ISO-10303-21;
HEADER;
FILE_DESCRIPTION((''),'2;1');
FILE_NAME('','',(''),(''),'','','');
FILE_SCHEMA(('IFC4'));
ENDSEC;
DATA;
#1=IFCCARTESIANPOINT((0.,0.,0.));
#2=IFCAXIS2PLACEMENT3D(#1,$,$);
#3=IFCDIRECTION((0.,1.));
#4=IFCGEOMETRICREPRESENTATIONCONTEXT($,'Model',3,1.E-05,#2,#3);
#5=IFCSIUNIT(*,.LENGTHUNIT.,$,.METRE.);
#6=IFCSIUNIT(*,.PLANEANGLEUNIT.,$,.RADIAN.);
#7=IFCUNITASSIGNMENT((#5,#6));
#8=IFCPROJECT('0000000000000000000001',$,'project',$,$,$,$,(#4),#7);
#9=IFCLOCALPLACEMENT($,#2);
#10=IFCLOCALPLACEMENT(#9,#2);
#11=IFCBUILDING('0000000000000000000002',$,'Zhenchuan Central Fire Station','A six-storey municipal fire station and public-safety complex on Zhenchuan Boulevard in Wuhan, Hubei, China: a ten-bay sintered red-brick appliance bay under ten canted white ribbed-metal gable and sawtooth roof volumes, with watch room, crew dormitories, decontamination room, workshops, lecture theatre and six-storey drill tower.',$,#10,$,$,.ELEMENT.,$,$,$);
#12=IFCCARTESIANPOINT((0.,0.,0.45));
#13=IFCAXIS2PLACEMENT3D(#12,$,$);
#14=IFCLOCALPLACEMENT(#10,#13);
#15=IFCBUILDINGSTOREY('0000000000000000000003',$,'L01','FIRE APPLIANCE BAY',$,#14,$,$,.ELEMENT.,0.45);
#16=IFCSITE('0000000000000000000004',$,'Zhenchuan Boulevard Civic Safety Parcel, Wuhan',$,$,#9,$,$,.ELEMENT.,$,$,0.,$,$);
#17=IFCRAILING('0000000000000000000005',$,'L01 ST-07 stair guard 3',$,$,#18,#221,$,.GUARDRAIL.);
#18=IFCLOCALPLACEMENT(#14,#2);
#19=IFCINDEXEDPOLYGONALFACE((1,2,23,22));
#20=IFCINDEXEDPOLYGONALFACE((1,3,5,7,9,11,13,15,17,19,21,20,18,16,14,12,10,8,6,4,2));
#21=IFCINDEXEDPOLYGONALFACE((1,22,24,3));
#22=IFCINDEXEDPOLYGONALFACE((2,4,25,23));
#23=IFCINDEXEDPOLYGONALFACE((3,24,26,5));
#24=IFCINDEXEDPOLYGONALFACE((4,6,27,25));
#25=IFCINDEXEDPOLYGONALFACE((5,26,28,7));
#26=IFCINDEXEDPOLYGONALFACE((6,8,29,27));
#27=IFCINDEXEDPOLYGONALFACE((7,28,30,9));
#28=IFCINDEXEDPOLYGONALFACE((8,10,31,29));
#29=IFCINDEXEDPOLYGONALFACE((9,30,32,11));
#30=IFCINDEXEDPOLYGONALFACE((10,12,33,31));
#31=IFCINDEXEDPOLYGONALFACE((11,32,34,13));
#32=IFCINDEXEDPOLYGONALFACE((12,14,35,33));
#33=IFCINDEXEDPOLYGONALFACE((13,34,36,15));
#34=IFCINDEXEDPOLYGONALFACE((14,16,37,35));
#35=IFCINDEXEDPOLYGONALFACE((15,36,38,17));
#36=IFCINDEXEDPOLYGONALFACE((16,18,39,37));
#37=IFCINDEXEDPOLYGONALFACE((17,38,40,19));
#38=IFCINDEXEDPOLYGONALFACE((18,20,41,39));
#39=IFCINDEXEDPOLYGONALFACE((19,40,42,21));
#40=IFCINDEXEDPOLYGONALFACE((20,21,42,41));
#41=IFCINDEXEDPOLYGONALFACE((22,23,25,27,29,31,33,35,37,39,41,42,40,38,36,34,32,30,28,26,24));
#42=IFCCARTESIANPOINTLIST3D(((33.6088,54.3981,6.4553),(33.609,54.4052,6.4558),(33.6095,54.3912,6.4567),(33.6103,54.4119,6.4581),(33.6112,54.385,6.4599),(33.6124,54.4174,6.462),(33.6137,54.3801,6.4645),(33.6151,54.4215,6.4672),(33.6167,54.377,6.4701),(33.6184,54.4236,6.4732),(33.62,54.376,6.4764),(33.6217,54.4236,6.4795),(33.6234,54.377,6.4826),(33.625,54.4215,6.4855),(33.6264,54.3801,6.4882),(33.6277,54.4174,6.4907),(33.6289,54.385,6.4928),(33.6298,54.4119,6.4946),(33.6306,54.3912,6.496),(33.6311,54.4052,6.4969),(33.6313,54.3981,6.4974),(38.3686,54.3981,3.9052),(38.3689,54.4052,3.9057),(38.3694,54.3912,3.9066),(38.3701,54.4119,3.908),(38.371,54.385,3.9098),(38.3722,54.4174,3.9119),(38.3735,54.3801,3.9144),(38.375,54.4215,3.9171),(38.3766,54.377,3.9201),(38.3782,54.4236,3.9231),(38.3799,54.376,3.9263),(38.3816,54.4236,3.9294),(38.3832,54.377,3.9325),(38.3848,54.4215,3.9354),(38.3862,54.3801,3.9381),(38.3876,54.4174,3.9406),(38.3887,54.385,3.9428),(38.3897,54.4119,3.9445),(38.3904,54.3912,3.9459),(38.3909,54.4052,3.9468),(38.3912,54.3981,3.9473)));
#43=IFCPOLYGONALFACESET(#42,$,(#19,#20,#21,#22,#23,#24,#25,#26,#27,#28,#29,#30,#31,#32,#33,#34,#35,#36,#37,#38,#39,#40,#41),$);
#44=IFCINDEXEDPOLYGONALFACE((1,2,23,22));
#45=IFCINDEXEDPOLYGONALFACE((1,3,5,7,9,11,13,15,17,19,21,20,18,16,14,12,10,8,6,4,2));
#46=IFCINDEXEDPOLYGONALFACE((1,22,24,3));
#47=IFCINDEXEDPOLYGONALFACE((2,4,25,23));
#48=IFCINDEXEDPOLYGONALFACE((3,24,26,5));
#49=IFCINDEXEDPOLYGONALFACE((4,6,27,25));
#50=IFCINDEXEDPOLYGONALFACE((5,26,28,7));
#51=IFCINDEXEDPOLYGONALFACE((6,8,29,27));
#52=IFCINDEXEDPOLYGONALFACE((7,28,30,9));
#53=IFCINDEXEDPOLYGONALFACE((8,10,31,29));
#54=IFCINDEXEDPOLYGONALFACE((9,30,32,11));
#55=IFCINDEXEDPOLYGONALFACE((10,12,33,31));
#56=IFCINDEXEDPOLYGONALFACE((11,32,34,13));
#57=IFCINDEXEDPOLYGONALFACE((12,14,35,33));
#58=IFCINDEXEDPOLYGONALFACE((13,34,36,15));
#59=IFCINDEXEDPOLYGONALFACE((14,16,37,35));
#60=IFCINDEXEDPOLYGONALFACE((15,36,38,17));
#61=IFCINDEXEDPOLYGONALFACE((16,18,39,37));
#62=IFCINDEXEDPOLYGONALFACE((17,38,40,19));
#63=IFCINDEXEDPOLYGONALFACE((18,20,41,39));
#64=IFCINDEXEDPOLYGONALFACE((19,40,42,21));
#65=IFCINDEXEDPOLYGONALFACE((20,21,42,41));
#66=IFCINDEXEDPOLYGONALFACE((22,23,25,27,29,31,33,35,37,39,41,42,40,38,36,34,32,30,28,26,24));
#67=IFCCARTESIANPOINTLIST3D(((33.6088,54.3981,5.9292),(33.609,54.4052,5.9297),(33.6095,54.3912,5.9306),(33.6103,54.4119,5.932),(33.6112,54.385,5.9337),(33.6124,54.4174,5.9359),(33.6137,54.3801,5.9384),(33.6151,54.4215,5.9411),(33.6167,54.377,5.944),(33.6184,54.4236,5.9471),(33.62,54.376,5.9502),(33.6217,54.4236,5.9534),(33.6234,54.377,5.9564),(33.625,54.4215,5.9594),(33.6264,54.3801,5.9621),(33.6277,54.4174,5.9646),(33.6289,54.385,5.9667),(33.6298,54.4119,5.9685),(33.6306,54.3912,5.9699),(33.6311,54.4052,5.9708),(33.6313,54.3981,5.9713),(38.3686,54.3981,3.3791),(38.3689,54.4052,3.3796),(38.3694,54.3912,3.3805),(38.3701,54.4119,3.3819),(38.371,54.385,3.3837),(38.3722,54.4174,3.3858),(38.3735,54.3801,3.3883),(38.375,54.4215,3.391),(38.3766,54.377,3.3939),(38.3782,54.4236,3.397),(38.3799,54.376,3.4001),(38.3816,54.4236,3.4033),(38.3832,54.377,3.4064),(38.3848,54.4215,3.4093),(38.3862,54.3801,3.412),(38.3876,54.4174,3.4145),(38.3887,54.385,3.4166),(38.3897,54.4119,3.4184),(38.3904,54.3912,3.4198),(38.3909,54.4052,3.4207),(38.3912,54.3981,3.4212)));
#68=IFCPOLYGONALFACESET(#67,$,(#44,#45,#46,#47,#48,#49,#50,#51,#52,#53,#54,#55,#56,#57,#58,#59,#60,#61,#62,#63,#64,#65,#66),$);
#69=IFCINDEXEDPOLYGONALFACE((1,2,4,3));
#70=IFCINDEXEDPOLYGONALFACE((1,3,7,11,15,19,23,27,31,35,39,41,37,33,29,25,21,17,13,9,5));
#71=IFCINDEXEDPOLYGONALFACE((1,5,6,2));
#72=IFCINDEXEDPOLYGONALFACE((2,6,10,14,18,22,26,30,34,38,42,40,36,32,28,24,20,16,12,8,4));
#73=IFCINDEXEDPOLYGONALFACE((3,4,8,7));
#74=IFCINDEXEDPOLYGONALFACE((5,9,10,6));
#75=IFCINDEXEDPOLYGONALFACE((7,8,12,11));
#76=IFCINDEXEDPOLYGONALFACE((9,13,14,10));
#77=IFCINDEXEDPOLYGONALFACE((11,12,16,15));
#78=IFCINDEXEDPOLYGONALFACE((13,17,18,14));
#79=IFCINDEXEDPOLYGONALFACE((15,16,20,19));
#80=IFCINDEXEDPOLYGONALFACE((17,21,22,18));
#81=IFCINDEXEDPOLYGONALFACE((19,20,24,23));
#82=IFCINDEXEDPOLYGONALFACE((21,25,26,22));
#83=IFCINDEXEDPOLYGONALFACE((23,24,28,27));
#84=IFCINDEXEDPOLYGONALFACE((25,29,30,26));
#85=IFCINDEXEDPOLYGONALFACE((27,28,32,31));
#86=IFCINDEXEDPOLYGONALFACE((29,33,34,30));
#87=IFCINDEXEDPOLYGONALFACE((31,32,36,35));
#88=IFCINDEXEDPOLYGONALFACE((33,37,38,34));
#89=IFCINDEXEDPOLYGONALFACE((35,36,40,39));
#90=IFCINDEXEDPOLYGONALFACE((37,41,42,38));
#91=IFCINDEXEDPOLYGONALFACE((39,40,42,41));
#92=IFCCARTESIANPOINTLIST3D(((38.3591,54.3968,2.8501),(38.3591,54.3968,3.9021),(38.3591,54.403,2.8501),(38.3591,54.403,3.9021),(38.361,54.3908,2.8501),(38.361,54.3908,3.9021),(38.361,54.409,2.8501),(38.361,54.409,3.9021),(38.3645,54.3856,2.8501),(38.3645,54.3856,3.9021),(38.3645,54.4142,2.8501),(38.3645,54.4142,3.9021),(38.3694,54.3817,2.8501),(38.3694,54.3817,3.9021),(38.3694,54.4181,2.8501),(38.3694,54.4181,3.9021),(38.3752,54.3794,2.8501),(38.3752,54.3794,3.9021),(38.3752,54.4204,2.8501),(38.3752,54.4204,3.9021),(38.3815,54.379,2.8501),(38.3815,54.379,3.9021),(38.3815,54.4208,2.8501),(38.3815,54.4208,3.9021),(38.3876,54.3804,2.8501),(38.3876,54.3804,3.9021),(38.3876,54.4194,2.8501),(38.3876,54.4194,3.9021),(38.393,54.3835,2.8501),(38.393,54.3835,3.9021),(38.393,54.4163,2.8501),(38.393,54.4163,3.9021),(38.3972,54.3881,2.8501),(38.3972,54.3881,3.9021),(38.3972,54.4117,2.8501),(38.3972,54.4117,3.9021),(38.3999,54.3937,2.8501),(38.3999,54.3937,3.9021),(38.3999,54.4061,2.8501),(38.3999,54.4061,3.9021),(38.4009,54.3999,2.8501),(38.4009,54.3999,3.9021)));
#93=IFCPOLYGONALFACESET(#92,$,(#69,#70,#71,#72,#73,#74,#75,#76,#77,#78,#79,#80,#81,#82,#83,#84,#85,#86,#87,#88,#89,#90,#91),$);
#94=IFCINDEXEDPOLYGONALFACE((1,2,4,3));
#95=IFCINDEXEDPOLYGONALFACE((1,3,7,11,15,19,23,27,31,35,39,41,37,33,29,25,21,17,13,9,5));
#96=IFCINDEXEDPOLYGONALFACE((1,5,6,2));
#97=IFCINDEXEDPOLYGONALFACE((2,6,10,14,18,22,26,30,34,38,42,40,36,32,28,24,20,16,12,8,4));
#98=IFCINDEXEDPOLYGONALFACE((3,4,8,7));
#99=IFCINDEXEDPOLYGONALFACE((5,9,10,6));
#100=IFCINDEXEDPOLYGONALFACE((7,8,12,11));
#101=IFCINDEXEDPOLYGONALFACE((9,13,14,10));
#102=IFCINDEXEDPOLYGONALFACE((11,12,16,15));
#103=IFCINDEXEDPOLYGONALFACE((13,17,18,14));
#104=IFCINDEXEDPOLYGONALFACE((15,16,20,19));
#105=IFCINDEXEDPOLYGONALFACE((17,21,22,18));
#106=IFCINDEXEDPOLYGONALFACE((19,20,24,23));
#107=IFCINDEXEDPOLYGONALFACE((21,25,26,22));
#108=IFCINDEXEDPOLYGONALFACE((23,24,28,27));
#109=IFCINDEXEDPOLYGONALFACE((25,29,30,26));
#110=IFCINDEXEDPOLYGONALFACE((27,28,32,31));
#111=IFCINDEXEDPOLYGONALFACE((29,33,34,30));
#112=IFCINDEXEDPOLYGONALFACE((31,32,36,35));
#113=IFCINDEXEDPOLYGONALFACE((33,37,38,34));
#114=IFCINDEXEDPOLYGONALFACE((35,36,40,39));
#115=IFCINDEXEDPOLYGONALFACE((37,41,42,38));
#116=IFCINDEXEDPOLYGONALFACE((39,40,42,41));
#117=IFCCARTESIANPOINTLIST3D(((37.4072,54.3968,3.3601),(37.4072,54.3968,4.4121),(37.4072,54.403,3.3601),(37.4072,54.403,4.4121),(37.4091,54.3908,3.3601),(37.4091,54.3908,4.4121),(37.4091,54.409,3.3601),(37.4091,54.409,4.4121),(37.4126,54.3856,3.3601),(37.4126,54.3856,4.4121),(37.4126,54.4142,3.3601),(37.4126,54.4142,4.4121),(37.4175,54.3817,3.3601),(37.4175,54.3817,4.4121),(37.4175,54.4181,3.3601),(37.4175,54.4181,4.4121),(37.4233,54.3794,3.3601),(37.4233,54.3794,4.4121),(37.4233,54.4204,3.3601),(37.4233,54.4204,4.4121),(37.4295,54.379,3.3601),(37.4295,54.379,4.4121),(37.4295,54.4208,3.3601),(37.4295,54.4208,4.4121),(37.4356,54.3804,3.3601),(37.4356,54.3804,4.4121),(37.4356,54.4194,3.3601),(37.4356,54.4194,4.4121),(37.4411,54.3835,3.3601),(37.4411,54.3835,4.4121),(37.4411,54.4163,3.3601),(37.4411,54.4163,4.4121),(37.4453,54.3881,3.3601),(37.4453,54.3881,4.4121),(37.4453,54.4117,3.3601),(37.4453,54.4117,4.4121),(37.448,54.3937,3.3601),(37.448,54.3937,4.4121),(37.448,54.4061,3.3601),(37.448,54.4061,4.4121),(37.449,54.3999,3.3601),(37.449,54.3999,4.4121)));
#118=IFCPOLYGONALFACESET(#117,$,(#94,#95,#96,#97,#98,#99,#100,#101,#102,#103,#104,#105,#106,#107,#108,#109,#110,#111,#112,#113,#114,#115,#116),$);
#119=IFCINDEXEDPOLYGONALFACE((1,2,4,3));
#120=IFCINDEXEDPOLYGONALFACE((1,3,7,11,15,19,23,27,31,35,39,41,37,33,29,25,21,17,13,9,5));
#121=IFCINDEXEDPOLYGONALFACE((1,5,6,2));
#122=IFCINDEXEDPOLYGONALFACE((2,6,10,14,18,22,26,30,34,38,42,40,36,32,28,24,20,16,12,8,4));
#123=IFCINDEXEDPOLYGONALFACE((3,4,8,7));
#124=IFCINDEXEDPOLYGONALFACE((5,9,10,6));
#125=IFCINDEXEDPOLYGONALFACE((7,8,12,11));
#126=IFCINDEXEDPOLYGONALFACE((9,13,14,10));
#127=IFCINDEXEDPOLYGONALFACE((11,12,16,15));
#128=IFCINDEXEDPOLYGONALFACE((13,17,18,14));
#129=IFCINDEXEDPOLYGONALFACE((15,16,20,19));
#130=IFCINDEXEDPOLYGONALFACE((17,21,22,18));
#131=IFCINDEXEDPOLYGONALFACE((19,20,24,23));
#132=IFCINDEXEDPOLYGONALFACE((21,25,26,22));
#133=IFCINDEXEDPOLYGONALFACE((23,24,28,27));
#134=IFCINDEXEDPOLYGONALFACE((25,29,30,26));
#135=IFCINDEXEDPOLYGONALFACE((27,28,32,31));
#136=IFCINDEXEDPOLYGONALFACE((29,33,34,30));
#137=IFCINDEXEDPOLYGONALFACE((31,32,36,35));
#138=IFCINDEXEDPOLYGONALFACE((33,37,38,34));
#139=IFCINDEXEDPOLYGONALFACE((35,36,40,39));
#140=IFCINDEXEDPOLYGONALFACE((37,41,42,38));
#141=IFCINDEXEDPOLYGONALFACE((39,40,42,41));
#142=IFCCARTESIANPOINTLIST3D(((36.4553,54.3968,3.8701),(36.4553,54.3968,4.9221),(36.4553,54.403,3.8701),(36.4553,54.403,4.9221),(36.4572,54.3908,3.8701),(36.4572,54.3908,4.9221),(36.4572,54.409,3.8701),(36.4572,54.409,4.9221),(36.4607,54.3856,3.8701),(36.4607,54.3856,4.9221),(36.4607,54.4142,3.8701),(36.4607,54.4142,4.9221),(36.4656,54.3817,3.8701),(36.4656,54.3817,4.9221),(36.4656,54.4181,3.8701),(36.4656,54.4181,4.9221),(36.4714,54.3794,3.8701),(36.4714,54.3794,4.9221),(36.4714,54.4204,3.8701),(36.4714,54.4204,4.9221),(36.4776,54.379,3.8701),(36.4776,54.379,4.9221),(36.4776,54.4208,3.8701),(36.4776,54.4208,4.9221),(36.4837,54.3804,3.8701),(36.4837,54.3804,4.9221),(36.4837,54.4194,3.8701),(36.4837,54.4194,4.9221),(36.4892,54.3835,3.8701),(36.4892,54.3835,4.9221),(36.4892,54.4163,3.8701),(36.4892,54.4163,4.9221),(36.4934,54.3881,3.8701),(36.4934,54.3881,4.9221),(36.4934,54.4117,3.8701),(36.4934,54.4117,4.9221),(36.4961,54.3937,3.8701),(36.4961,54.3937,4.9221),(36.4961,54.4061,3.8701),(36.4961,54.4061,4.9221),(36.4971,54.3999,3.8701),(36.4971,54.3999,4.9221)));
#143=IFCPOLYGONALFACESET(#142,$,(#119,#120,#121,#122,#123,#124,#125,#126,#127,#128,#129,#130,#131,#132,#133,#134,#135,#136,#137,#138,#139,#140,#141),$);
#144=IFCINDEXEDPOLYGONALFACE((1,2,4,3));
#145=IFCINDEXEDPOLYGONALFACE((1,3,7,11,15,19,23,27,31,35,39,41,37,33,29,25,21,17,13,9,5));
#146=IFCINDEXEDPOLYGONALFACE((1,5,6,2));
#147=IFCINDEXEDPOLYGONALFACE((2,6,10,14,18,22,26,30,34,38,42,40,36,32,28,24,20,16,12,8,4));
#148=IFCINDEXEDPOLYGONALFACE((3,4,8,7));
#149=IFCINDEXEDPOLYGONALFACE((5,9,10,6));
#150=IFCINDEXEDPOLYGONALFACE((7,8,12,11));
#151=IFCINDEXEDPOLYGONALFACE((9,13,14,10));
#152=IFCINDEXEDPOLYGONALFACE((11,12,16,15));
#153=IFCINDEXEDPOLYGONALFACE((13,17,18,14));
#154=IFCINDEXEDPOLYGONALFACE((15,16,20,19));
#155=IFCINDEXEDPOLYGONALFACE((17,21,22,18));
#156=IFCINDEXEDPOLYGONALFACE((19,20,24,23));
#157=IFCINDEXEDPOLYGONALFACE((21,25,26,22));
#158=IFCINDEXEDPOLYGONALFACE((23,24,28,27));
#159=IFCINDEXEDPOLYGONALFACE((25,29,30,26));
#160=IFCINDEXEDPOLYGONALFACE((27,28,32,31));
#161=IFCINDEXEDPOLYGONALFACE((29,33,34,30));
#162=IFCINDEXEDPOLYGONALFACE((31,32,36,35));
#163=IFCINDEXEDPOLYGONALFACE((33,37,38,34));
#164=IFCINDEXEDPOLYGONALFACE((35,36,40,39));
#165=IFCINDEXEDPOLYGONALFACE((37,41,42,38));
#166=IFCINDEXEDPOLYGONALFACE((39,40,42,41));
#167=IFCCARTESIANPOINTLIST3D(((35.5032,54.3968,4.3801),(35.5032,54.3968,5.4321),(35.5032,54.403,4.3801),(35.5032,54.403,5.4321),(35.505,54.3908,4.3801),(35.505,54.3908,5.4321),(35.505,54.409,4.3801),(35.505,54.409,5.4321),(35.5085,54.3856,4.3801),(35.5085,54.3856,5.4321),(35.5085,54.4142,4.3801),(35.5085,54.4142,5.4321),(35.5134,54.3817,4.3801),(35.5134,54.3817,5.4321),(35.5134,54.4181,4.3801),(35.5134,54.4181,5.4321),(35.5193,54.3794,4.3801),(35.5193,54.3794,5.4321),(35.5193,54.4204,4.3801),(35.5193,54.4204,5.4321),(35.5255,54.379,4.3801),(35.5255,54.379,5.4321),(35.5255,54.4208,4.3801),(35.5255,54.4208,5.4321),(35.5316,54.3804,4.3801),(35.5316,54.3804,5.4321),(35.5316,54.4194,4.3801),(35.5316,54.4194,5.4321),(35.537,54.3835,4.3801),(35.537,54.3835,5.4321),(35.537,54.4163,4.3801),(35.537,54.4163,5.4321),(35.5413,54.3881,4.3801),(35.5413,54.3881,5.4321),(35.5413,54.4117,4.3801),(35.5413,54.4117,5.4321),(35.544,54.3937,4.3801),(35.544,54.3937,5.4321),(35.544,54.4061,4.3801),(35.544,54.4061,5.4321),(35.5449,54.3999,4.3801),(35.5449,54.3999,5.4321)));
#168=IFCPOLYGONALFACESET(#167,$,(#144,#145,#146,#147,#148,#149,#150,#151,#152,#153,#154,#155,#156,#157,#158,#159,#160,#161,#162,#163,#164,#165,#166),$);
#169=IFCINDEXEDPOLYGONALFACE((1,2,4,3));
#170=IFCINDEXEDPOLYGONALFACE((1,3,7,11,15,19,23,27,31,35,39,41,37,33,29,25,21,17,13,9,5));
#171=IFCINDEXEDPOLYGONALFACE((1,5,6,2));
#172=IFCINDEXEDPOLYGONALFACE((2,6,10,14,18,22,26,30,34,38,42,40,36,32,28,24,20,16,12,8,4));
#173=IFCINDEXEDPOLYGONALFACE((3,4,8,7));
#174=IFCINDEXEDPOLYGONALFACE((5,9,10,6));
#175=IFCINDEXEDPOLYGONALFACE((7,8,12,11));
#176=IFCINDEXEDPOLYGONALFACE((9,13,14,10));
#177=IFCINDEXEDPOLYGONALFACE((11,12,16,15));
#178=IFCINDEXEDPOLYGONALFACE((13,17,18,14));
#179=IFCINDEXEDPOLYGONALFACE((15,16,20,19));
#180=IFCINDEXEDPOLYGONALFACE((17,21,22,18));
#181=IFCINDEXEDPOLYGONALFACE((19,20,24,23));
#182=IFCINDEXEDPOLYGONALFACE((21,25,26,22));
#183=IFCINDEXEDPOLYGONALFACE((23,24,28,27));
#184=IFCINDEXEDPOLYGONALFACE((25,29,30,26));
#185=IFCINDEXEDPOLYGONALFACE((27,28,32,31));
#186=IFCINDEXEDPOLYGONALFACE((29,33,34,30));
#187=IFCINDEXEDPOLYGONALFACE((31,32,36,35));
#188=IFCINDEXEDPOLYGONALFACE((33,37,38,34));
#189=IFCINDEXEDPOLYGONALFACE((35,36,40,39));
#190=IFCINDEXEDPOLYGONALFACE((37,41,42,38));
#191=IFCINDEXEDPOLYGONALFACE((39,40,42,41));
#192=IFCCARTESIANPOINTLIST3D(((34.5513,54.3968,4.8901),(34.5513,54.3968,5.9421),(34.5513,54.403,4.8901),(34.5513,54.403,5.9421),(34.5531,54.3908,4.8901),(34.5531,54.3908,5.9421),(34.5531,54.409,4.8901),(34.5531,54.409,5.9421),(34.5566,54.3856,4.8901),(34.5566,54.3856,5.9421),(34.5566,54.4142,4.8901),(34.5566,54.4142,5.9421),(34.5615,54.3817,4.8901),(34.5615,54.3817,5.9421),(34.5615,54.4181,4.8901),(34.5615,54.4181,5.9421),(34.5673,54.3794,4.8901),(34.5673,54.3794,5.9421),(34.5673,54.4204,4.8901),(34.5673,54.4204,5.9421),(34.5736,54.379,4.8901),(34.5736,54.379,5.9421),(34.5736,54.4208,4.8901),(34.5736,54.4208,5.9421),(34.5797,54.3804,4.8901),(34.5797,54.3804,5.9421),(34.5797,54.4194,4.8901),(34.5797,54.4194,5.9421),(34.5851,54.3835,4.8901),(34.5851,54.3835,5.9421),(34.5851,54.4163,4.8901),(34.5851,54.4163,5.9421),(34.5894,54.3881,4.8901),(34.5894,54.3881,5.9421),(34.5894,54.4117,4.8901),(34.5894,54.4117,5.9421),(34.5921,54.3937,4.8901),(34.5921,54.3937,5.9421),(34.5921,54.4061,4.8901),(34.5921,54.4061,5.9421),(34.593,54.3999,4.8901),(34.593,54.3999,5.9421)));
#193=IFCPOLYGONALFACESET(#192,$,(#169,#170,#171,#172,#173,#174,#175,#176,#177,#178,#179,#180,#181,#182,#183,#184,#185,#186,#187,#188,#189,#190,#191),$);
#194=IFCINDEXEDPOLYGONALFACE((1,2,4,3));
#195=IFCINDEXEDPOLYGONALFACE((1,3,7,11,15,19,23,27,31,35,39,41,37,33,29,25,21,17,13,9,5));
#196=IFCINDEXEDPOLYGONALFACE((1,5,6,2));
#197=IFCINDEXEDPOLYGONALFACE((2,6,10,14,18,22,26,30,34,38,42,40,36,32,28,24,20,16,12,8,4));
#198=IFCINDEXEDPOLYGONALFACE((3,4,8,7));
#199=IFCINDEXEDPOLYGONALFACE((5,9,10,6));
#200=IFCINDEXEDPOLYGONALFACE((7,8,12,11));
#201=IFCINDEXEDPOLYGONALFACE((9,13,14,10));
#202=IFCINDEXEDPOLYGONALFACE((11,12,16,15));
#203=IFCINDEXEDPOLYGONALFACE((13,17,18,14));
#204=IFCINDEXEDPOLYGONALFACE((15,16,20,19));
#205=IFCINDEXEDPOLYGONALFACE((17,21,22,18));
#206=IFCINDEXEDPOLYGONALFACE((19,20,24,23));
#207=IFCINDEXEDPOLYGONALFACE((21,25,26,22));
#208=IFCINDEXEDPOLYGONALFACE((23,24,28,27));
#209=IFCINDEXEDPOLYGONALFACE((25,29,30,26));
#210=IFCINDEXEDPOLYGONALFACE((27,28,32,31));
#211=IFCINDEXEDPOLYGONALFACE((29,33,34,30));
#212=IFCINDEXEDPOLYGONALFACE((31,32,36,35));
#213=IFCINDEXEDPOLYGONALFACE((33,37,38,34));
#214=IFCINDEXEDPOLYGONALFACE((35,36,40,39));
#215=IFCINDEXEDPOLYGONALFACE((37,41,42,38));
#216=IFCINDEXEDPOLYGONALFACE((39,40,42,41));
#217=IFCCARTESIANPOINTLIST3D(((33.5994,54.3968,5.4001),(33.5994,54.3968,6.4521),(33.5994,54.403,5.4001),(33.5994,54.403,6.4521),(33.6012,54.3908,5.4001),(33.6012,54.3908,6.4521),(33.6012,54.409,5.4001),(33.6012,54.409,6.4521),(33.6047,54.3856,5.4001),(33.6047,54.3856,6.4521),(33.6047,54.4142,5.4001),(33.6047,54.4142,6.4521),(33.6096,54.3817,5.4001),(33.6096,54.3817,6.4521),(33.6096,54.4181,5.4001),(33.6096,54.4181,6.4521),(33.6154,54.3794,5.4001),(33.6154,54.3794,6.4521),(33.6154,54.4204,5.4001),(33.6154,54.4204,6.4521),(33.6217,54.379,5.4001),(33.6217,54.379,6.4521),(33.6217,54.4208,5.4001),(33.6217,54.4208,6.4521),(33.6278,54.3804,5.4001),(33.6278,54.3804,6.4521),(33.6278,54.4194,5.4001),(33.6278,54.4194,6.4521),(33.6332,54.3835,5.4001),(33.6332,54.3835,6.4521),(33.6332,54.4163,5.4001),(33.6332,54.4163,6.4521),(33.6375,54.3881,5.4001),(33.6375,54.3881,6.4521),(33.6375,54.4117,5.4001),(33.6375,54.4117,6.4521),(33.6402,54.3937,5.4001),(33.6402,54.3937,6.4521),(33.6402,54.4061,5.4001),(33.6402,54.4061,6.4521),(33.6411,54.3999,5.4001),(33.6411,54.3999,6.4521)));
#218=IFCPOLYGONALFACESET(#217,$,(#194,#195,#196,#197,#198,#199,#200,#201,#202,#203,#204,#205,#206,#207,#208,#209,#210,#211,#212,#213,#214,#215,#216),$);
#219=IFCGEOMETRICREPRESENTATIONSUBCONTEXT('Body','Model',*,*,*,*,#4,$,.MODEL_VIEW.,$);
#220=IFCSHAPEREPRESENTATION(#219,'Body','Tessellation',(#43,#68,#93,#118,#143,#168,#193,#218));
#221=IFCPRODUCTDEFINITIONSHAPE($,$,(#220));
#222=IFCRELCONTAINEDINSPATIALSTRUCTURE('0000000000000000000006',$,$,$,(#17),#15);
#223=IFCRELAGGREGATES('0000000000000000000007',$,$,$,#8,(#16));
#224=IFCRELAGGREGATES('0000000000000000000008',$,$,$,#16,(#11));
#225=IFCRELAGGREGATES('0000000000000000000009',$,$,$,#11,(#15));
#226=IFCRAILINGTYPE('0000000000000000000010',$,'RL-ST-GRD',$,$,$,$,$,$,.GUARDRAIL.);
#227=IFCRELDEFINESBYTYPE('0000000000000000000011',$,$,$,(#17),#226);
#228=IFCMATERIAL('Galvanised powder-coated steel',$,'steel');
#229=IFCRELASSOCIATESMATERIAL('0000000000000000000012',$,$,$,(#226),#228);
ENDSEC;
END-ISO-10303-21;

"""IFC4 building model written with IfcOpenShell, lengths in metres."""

from ifc_helpers import new_model, si_unit, direction, frame, origin, origin_2d, place, context, subcontext, project, spatial, circle, extrude, material, type_object, element, save


model = new_model("IFC4")

# Units and contexts
model_context = context("Model", 3, precision=1e-05, world=origin(), true_north=direction((0.0, 1.0)))
body_context = subcontext(model_context, "Body", "Model", "MODEL_VIEW")
ifc_project = project(units=[si_unit("LENGTHUNIT", "METRE"), si_unit("PLANEANGLEUNIT", "RADIAN")], contexts=[model_context])

# Site, building, storey
site_placement = place(None, origin())
site = spatial("IfcSite", under=ifc_project, at=site_placement, Name="Zhenchuan Boulevard Civic Safety Parcel, Wuhan", CompositionType="ELEMENT", RefElevation=0.0)
building_placement = place(site_placement, origin())
building = spatial("IfcBuilding", under=site, at=building_placement, Name="Zhenchuan Central Fire Station", Description="A six-storey municipal fire station and public-safety complex on Zhenchuan Boulevard in Wuhan, Hubei, China: a ten-bay sintered red-brick appliance bay under ten canted white ribbed-metal gable and sawtooth roof volumes, with watch room, crew dormitories, decontamination room, workshops, lecture theatre and six-storey drill tower.", CompositionType="ELEMENT")
storey_placement = place(building_placement, frame((0.0, 0.0, 0.45)))
storey = spatial("IfcBuildingStorey", under=building, at=storey_placement, Name="L01", Description="FIRE APPLIANCE BAY", CompositionType="ELEMENT", Elevation=0.45)

# Railing
ifc_material_1 = material(Name="Galvanised powder-coated steel", Category="steel")
railing_type_1 = type_object("IfcRailingType", Name="RL-ST-GRD", PredefinedType="GUARDRAIL", material=ifc_material_1)
railing_1_placement = place(storey_placement, frame((38.3799, 54.3999, 2.8501)))
element("IfcRailing", 1, at=railing_1_placement, inside=storey, type_object=railing_type_1, Name="L01 ST-07 stair guard 3", PredefinedType="GUARDRAIL", context=body_context, shape_type="SweptSolid", body=[
    extrude(circle(Radius=0.0239, at=origin_2d()), frame((0.0, 0.0, 1.0762), z_axis=(-0.881467, 0.0, 0.472247), x_axis=(0.0, -1.0, 0.0)), (0.0, 0.0, 1.0), 5.3999),
    extrude(circle(Radius=0.0239, at=origin_2d()), frame((0.0, 0.0, 0.55), z_axis=(-0.881467, 0.0, 0.472247), x_axis=(0.0, -1.0, 0.0)), (0.0, 0.0, 1.0), 5.3999),
    extrude(circle(Radius=0.021, at=origin_2d()), origin(), (0.0, 0.0, 1.0), 1.052),
    extrude(circle(Radius=0.021, at=origin_2d()), frame((-0.9519, 0.0, 0.51)), (0.0, 0.0, 1.0), 1.052),
    extrude(circle(Radius=0.021, at=origin_2d()), frame((-1.9038, 0.0, 1.02)), (0.0, 0.0, 1.0), 1.052),
    extrude(circle(Radius=0.021, at=origin_2d()), frame((-2.856, 0.0, 1.53)), (0.0, 0.0, 1.0), 1.052),
    extrude(circle(Radius=0.021, at=origin_2d()), frame((-3.8079, 0.0, 2.04)), (0.0, 0.0, 1.0), 1.052),
    extrude(circle(Radius=0.021, at=origin_2d()), frame((-4.7598, 0.0, 2.55)), (0.0, 0.0, 1.0), 1.052),
])

save(model, "model.ifc")
